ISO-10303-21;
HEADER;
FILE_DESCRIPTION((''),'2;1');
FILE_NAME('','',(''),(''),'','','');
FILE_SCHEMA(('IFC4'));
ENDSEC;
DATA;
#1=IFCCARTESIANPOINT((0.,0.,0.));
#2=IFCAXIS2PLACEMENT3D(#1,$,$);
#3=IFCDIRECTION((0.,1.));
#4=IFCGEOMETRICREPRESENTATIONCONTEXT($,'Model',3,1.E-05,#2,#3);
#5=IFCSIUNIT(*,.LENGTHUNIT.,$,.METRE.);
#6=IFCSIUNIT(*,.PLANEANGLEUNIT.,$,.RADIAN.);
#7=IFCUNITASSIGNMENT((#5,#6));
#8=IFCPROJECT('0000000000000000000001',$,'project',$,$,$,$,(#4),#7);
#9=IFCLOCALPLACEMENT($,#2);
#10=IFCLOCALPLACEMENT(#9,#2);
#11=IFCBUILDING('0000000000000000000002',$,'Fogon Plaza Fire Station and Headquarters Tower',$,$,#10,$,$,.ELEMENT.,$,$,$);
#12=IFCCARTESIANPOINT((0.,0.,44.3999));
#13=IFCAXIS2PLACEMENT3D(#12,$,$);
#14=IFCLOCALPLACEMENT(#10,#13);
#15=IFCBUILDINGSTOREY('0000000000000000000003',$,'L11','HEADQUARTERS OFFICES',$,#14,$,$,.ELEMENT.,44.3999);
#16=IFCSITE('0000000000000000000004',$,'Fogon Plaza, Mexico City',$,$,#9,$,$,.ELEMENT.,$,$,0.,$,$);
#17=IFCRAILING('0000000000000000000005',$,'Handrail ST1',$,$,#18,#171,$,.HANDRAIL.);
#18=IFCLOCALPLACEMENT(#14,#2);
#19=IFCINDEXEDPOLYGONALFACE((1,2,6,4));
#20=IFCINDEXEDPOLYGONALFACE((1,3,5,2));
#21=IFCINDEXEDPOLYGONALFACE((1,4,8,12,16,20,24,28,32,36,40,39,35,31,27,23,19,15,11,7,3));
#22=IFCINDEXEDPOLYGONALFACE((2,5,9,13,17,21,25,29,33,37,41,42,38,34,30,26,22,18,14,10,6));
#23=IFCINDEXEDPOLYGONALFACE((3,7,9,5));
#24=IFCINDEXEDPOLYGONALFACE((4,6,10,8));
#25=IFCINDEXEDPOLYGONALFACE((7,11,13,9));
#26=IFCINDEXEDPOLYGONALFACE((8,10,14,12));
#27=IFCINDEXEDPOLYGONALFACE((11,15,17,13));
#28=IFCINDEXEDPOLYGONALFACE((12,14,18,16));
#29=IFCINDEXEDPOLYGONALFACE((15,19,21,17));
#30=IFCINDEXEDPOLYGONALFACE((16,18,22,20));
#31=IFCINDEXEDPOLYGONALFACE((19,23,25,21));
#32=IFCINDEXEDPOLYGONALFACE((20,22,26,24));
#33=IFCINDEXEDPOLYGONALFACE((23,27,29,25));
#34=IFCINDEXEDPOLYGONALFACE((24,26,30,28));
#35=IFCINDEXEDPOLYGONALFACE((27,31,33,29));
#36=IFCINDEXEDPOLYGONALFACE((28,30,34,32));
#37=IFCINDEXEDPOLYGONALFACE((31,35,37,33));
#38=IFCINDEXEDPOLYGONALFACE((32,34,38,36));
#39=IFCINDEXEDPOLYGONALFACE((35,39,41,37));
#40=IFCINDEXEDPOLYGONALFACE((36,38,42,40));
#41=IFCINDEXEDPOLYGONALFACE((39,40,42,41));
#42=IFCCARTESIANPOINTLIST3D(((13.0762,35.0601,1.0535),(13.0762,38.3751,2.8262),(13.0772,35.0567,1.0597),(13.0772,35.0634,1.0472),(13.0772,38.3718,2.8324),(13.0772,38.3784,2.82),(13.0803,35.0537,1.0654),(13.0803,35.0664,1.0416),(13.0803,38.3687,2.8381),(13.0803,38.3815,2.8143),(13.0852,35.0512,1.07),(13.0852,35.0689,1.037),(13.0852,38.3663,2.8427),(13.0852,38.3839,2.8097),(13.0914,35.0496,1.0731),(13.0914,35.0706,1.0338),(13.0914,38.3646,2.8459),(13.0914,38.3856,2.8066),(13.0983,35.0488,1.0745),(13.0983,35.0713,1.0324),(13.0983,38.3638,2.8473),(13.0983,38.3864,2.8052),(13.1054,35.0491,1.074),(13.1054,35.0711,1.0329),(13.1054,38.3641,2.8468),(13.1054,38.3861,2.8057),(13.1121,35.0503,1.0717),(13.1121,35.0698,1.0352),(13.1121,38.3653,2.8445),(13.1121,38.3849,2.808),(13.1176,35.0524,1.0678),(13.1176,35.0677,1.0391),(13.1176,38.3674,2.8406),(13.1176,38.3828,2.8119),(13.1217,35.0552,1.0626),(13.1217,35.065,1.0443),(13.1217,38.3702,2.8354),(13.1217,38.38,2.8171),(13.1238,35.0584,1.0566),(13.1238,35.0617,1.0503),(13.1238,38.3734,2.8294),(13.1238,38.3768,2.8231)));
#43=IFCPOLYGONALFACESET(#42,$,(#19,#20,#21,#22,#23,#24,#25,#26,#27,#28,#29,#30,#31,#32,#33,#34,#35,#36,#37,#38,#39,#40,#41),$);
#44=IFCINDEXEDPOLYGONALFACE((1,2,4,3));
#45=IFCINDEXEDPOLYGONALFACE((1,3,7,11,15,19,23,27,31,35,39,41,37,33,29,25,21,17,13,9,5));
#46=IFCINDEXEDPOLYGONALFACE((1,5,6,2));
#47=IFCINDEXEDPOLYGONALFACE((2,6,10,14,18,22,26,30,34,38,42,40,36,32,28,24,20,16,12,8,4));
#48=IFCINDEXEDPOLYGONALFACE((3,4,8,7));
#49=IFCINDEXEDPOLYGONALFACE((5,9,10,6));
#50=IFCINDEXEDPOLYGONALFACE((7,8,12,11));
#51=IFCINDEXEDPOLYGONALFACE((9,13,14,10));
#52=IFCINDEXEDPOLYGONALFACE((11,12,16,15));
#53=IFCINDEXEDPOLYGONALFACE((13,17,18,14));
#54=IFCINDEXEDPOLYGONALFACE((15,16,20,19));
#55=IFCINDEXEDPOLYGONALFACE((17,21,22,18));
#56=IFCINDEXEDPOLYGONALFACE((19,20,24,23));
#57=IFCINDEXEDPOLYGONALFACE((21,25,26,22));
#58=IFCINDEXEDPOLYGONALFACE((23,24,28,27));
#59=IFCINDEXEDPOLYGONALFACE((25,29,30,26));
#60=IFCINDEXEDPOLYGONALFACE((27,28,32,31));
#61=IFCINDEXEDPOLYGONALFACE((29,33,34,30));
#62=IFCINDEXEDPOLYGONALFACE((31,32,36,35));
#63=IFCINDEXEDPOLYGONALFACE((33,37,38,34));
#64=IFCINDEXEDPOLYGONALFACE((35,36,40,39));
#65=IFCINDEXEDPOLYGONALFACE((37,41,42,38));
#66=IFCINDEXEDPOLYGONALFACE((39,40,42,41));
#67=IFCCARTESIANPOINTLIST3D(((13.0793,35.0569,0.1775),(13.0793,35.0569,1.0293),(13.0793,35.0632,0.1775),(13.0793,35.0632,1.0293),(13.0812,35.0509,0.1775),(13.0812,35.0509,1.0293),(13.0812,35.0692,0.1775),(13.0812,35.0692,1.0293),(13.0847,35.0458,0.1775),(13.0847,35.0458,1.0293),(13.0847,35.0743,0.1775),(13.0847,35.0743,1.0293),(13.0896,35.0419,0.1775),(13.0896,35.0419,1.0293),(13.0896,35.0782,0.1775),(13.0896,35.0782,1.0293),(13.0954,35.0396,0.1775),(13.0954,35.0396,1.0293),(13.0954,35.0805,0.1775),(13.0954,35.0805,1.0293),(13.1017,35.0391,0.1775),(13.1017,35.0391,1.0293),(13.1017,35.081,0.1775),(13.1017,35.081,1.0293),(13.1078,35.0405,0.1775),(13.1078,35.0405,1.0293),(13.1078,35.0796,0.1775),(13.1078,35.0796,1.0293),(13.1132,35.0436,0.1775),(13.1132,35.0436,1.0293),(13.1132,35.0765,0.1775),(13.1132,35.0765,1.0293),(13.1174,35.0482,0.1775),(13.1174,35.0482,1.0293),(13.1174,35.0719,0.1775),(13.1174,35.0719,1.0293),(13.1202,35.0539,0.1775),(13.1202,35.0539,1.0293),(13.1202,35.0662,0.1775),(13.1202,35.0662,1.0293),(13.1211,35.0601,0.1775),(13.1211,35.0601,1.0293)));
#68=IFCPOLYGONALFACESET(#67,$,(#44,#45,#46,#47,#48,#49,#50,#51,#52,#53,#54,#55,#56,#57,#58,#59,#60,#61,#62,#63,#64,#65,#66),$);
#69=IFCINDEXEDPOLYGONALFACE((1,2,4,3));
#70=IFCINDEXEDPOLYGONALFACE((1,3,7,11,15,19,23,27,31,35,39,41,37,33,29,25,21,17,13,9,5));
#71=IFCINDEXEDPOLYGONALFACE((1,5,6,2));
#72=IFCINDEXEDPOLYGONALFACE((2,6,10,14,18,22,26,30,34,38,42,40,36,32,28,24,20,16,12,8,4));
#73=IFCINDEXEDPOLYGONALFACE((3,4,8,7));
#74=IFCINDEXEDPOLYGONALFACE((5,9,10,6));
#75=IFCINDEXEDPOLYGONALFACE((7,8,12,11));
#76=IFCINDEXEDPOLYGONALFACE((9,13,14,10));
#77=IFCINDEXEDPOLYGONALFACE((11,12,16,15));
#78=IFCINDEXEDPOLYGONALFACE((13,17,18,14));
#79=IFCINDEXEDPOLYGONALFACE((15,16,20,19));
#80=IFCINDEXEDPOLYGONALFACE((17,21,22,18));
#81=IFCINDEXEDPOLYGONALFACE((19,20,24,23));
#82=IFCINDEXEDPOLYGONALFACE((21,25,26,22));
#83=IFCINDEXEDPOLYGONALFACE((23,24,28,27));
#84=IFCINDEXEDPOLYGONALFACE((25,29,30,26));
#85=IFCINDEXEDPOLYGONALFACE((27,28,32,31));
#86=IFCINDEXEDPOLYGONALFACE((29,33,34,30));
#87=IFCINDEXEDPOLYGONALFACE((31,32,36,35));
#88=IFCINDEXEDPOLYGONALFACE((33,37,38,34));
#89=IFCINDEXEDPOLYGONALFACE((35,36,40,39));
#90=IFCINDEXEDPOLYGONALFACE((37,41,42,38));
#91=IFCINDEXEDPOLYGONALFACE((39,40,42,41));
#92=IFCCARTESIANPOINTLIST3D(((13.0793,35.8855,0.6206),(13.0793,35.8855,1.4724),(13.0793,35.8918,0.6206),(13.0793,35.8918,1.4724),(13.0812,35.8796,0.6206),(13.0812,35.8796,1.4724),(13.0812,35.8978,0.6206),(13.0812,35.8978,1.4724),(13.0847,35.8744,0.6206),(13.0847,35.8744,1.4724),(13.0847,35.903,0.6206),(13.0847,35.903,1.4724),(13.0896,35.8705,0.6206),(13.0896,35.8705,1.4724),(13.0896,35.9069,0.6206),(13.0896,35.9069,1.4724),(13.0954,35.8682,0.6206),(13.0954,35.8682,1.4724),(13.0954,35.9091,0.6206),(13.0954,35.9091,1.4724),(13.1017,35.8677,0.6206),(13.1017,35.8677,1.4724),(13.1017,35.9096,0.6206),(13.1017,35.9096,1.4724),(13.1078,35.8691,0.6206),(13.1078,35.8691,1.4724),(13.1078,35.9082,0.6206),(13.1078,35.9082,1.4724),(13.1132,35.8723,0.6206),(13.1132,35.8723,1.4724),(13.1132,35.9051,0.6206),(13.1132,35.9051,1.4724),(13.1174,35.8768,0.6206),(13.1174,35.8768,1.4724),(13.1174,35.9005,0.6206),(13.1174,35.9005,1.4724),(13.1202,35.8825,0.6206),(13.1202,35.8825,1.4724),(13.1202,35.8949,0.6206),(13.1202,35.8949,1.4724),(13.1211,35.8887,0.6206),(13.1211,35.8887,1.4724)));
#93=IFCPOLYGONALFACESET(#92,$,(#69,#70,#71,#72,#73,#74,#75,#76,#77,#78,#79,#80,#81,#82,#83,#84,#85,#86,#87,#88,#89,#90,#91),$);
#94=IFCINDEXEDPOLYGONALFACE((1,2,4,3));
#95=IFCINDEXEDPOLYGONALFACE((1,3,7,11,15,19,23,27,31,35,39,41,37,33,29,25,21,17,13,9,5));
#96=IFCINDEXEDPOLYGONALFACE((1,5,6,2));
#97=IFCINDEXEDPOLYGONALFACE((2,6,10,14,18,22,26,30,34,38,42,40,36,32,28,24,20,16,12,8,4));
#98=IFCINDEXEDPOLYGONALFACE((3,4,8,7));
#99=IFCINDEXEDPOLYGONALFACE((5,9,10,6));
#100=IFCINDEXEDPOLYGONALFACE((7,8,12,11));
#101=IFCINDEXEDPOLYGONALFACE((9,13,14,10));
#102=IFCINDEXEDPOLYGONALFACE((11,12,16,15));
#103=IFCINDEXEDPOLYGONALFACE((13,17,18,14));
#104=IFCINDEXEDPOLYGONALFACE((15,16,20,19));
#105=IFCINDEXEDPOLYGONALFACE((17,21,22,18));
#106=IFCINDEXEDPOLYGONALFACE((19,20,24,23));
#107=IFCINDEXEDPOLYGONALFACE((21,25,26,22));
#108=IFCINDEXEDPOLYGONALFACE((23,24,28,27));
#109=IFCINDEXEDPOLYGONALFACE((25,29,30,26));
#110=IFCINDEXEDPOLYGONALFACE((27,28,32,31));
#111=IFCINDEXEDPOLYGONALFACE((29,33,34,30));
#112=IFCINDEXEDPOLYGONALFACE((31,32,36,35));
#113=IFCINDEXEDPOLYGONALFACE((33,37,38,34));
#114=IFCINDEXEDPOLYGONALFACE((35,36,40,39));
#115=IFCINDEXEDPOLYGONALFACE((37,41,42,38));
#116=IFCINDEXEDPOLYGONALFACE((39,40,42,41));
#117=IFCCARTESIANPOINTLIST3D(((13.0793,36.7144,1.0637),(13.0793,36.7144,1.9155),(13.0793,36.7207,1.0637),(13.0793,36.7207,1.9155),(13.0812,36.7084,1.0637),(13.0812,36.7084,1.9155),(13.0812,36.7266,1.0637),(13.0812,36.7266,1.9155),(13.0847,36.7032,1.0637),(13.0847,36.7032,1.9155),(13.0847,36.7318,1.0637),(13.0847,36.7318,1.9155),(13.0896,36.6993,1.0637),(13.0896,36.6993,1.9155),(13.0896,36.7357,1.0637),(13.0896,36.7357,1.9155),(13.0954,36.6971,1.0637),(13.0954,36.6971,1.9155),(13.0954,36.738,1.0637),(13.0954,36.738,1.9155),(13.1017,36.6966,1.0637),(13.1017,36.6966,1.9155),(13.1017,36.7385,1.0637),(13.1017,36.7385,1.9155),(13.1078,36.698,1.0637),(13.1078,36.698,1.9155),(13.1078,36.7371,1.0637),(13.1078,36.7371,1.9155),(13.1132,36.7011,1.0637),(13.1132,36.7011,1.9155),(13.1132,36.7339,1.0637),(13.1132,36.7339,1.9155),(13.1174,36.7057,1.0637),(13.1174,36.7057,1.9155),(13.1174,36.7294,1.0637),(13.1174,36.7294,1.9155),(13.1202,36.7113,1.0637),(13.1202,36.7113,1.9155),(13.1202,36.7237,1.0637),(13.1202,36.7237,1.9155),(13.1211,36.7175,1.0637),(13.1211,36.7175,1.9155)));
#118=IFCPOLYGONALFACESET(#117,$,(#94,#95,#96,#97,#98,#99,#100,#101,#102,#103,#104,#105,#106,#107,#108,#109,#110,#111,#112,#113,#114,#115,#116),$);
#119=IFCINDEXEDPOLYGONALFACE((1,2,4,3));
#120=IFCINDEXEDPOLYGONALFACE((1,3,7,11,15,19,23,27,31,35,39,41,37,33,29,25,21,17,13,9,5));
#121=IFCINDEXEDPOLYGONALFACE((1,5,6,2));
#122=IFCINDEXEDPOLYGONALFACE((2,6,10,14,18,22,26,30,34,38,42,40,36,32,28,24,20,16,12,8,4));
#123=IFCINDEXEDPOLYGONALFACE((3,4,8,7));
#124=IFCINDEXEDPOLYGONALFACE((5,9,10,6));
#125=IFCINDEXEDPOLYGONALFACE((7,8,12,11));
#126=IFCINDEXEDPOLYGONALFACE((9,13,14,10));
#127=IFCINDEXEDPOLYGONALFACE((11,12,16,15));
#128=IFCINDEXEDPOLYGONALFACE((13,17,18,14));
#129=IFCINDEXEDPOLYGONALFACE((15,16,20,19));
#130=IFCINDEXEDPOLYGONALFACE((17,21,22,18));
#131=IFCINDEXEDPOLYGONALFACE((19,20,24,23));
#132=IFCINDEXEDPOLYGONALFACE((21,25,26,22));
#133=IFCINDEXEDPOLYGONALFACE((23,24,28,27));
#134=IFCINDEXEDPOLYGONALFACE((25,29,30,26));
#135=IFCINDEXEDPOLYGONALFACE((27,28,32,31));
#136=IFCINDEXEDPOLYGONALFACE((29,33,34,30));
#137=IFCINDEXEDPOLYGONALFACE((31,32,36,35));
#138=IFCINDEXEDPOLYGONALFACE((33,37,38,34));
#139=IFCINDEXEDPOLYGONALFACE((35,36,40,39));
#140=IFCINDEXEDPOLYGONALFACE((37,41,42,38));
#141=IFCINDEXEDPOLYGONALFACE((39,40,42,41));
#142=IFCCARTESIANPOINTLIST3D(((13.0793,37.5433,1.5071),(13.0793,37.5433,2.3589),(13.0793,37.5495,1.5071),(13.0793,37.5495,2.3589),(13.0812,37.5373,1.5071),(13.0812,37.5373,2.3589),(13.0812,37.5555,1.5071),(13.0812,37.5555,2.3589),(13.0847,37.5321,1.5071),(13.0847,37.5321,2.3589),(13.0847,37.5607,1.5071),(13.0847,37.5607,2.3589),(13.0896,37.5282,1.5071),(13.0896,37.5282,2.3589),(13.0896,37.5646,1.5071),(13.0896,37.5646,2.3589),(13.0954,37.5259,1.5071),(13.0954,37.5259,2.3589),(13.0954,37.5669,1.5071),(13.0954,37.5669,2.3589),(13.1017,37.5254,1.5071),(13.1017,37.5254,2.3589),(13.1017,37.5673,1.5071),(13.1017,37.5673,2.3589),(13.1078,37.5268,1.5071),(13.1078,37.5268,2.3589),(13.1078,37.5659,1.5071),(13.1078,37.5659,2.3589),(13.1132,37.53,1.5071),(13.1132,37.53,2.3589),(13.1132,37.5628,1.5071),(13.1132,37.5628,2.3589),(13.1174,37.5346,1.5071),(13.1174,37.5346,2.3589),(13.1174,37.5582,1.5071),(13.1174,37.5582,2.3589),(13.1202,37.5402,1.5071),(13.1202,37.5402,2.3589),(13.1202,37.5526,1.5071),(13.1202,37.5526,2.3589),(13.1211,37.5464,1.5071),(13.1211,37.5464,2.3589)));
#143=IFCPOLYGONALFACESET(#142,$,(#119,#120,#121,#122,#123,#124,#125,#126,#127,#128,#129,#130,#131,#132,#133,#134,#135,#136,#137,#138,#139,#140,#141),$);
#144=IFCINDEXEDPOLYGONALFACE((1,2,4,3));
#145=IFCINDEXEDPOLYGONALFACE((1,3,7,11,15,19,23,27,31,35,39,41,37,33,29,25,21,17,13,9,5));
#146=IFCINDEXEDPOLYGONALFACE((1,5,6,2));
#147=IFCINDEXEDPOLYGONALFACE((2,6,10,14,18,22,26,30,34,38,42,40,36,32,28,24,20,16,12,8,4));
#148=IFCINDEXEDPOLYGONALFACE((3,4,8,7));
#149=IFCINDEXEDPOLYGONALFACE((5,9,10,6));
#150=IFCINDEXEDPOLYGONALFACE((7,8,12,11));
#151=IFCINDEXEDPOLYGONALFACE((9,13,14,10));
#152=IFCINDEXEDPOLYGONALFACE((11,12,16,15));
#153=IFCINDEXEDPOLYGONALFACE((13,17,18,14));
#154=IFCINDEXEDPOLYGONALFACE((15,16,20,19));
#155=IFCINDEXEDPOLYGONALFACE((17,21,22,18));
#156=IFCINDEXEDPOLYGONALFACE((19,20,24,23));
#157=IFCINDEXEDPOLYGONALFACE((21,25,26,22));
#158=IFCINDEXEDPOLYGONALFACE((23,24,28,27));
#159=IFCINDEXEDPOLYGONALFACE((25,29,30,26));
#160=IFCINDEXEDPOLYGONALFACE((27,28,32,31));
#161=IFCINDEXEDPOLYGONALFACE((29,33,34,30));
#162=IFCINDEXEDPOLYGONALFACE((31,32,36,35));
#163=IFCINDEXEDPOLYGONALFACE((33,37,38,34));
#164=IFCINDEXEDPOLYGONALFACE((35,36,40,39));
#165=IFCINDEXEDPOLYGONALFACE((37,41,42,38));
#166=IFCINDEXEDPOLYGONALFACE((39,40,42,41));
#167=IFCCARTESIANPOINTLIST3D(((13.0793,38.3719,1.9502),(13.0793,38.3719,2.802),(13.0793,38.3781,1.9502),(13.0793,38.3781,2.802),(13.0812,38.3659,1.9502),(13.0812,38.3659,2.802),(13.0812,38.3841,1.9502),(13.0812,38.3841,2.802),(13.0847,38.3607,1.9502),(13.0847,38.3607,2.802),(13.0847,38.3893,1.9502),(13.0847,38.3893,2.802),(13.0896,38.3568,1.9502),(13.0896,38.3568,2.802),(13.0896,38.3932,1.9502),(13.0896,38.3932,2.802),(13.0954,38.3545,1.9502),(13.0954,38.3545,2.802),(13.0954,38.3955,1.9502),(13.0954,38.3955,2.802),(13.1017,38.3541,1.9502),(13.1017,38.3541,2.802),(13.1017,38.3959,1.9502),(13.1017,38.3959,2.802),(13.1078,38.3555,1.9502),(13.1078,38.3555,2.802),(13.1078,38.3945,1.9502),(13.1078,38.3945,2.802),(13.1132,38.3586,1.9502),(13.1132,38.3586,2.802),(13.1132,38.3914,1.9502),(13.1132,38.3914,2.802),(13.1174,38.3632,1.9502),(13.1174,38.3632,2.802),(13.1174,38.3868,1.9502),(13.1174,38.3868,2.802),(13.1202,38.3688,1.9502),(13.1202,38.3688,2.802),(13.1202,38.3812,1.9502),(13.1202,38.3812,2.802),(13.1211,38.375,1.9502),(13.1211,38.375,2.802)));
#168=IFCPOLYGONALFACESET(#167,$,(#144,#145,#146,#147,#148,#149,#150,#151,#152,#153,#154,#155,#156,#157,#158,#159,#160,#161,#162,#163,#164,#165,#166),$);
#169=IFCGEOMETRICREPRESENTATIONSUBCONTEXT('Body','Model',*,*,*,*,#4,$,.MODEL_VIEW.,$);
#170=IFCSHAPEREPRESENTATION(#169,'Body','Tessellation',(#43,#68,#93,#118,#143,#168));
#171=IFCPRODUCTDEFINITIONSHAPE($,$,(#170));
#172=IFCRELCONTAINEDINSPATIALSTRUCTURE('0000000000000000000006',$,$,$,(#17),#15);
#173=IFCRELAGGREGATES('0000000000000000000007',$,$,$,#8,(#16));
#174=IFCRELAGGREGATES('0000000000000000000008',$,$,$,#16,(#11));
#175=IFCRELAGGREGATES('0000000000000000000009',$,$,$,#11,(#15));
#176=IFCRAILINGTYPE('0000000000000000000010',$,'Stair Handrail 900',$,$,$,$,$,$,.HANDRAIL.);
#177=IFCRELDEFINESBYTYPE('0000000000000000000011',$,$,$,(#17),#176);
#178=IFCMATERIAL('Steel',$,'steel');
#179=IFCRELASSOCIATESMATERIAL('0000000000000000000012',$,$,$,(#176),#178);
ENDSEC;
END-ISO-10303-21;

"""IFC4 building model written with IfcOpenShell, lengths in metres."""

from ifc_helpers import new_model, si_unit, direction, frame, origin, origin_2d, place, context, subcontext, project, spatial, circle, extrude, material, type_object, element, save


model = new_model("IFC4")

# Units and contexts
model_context = context("Model", 3, precision=1e-05, world=origin(), true_north=direction((0.0, 1.0)))
body_context = subcontext(model_context, "Body", "Model", "MODEL_VIEW")
ifc_project = project(units=[si_unit("LENGTHUNIT", "METRE"), si_unit("PLANEANGLEUNIT", "RADIAN")], contexts=[model_context])

# Site, building, storey
site_placement = place(None, origin())
site = spatial("IfcSite", under=ifc_project, at=site_placement, Name="Fogon Plaza, Mexico City", CompositionType="ELEMENT", RefElevation=0.0)
building_placement = place(site_placement, origin())
building = spatial("IfcBuilding", under=site, at=building_placement, Name="Fogon Plaza Fire Station and Headquarters Tower", CompositionType="ELEMENT")
storey_placement = place(building_placement, frame((0.0, 0.0, 44.3999)))
storey = spatial("IfcBuildingStorey", under=building, at=storey_placement, Name="L11", Description="HEADQUARTERS OFFICES", CompositionType="ELEMENT", Elevation=44.3999)

# Railing
ifc_material_1 = material(Name="Steel", Category="steel")
railing_type = type_object("IfcRailingType", Name="Stair Handrail 900", PredefinedType="HANDRAIL", material=ifc_material_1)
for number, where, name in (
    (1, (13.1001, 35.0601, 0.1775), "Handrail ST1"),
):
    element("IfcRailing", number, at=place(storey_placement, frame(where)), inside=storey, type_object=railing_type, Name=name, PredefinedType="HANDRAIL", context=body_context, shape_type="SweptSolid", body=[
        extrude(circle(Radius=0.0239, at=origin_2d()), frame((0.0, 0.0, 0.876), z_axis=(0.0, 0.881829, 0.471569), x_axis=(-1.0, 0.0, 0.0)), (0.0, 0.0, 1.0), 3.7593),
        extrude(circle(Radius=0.021, at=origin_2d()), origin(), (0.0, 0.0, 1.0), 0.8518),
        extrude(circle(Radius=0.021, at=origin_2d()), frame((0.0, 0.8286, 0.4431)), (0.0, 0.0, 1.0), 0.8518),
        extrude(circle(Radius=0.021, at=origin_2d()), frame((0.0, 1.6575, 0.8862)), (0.0, 0.0, 1.0), 0.8518),
        extrude(circle(Radius=0.021, at=origin_2d()), frame((0.0, 2.4863, 1.3296)), (0.0, 0.0, 1.0), 0.8518),
        extrude(circle(Radius=0.021, at=origin_2d()), frame((0.0, 3.3149, 1.7727)), (0.0, 0.0, 1.0), 0.8518),
    ])

save(model, "model.ifc")
